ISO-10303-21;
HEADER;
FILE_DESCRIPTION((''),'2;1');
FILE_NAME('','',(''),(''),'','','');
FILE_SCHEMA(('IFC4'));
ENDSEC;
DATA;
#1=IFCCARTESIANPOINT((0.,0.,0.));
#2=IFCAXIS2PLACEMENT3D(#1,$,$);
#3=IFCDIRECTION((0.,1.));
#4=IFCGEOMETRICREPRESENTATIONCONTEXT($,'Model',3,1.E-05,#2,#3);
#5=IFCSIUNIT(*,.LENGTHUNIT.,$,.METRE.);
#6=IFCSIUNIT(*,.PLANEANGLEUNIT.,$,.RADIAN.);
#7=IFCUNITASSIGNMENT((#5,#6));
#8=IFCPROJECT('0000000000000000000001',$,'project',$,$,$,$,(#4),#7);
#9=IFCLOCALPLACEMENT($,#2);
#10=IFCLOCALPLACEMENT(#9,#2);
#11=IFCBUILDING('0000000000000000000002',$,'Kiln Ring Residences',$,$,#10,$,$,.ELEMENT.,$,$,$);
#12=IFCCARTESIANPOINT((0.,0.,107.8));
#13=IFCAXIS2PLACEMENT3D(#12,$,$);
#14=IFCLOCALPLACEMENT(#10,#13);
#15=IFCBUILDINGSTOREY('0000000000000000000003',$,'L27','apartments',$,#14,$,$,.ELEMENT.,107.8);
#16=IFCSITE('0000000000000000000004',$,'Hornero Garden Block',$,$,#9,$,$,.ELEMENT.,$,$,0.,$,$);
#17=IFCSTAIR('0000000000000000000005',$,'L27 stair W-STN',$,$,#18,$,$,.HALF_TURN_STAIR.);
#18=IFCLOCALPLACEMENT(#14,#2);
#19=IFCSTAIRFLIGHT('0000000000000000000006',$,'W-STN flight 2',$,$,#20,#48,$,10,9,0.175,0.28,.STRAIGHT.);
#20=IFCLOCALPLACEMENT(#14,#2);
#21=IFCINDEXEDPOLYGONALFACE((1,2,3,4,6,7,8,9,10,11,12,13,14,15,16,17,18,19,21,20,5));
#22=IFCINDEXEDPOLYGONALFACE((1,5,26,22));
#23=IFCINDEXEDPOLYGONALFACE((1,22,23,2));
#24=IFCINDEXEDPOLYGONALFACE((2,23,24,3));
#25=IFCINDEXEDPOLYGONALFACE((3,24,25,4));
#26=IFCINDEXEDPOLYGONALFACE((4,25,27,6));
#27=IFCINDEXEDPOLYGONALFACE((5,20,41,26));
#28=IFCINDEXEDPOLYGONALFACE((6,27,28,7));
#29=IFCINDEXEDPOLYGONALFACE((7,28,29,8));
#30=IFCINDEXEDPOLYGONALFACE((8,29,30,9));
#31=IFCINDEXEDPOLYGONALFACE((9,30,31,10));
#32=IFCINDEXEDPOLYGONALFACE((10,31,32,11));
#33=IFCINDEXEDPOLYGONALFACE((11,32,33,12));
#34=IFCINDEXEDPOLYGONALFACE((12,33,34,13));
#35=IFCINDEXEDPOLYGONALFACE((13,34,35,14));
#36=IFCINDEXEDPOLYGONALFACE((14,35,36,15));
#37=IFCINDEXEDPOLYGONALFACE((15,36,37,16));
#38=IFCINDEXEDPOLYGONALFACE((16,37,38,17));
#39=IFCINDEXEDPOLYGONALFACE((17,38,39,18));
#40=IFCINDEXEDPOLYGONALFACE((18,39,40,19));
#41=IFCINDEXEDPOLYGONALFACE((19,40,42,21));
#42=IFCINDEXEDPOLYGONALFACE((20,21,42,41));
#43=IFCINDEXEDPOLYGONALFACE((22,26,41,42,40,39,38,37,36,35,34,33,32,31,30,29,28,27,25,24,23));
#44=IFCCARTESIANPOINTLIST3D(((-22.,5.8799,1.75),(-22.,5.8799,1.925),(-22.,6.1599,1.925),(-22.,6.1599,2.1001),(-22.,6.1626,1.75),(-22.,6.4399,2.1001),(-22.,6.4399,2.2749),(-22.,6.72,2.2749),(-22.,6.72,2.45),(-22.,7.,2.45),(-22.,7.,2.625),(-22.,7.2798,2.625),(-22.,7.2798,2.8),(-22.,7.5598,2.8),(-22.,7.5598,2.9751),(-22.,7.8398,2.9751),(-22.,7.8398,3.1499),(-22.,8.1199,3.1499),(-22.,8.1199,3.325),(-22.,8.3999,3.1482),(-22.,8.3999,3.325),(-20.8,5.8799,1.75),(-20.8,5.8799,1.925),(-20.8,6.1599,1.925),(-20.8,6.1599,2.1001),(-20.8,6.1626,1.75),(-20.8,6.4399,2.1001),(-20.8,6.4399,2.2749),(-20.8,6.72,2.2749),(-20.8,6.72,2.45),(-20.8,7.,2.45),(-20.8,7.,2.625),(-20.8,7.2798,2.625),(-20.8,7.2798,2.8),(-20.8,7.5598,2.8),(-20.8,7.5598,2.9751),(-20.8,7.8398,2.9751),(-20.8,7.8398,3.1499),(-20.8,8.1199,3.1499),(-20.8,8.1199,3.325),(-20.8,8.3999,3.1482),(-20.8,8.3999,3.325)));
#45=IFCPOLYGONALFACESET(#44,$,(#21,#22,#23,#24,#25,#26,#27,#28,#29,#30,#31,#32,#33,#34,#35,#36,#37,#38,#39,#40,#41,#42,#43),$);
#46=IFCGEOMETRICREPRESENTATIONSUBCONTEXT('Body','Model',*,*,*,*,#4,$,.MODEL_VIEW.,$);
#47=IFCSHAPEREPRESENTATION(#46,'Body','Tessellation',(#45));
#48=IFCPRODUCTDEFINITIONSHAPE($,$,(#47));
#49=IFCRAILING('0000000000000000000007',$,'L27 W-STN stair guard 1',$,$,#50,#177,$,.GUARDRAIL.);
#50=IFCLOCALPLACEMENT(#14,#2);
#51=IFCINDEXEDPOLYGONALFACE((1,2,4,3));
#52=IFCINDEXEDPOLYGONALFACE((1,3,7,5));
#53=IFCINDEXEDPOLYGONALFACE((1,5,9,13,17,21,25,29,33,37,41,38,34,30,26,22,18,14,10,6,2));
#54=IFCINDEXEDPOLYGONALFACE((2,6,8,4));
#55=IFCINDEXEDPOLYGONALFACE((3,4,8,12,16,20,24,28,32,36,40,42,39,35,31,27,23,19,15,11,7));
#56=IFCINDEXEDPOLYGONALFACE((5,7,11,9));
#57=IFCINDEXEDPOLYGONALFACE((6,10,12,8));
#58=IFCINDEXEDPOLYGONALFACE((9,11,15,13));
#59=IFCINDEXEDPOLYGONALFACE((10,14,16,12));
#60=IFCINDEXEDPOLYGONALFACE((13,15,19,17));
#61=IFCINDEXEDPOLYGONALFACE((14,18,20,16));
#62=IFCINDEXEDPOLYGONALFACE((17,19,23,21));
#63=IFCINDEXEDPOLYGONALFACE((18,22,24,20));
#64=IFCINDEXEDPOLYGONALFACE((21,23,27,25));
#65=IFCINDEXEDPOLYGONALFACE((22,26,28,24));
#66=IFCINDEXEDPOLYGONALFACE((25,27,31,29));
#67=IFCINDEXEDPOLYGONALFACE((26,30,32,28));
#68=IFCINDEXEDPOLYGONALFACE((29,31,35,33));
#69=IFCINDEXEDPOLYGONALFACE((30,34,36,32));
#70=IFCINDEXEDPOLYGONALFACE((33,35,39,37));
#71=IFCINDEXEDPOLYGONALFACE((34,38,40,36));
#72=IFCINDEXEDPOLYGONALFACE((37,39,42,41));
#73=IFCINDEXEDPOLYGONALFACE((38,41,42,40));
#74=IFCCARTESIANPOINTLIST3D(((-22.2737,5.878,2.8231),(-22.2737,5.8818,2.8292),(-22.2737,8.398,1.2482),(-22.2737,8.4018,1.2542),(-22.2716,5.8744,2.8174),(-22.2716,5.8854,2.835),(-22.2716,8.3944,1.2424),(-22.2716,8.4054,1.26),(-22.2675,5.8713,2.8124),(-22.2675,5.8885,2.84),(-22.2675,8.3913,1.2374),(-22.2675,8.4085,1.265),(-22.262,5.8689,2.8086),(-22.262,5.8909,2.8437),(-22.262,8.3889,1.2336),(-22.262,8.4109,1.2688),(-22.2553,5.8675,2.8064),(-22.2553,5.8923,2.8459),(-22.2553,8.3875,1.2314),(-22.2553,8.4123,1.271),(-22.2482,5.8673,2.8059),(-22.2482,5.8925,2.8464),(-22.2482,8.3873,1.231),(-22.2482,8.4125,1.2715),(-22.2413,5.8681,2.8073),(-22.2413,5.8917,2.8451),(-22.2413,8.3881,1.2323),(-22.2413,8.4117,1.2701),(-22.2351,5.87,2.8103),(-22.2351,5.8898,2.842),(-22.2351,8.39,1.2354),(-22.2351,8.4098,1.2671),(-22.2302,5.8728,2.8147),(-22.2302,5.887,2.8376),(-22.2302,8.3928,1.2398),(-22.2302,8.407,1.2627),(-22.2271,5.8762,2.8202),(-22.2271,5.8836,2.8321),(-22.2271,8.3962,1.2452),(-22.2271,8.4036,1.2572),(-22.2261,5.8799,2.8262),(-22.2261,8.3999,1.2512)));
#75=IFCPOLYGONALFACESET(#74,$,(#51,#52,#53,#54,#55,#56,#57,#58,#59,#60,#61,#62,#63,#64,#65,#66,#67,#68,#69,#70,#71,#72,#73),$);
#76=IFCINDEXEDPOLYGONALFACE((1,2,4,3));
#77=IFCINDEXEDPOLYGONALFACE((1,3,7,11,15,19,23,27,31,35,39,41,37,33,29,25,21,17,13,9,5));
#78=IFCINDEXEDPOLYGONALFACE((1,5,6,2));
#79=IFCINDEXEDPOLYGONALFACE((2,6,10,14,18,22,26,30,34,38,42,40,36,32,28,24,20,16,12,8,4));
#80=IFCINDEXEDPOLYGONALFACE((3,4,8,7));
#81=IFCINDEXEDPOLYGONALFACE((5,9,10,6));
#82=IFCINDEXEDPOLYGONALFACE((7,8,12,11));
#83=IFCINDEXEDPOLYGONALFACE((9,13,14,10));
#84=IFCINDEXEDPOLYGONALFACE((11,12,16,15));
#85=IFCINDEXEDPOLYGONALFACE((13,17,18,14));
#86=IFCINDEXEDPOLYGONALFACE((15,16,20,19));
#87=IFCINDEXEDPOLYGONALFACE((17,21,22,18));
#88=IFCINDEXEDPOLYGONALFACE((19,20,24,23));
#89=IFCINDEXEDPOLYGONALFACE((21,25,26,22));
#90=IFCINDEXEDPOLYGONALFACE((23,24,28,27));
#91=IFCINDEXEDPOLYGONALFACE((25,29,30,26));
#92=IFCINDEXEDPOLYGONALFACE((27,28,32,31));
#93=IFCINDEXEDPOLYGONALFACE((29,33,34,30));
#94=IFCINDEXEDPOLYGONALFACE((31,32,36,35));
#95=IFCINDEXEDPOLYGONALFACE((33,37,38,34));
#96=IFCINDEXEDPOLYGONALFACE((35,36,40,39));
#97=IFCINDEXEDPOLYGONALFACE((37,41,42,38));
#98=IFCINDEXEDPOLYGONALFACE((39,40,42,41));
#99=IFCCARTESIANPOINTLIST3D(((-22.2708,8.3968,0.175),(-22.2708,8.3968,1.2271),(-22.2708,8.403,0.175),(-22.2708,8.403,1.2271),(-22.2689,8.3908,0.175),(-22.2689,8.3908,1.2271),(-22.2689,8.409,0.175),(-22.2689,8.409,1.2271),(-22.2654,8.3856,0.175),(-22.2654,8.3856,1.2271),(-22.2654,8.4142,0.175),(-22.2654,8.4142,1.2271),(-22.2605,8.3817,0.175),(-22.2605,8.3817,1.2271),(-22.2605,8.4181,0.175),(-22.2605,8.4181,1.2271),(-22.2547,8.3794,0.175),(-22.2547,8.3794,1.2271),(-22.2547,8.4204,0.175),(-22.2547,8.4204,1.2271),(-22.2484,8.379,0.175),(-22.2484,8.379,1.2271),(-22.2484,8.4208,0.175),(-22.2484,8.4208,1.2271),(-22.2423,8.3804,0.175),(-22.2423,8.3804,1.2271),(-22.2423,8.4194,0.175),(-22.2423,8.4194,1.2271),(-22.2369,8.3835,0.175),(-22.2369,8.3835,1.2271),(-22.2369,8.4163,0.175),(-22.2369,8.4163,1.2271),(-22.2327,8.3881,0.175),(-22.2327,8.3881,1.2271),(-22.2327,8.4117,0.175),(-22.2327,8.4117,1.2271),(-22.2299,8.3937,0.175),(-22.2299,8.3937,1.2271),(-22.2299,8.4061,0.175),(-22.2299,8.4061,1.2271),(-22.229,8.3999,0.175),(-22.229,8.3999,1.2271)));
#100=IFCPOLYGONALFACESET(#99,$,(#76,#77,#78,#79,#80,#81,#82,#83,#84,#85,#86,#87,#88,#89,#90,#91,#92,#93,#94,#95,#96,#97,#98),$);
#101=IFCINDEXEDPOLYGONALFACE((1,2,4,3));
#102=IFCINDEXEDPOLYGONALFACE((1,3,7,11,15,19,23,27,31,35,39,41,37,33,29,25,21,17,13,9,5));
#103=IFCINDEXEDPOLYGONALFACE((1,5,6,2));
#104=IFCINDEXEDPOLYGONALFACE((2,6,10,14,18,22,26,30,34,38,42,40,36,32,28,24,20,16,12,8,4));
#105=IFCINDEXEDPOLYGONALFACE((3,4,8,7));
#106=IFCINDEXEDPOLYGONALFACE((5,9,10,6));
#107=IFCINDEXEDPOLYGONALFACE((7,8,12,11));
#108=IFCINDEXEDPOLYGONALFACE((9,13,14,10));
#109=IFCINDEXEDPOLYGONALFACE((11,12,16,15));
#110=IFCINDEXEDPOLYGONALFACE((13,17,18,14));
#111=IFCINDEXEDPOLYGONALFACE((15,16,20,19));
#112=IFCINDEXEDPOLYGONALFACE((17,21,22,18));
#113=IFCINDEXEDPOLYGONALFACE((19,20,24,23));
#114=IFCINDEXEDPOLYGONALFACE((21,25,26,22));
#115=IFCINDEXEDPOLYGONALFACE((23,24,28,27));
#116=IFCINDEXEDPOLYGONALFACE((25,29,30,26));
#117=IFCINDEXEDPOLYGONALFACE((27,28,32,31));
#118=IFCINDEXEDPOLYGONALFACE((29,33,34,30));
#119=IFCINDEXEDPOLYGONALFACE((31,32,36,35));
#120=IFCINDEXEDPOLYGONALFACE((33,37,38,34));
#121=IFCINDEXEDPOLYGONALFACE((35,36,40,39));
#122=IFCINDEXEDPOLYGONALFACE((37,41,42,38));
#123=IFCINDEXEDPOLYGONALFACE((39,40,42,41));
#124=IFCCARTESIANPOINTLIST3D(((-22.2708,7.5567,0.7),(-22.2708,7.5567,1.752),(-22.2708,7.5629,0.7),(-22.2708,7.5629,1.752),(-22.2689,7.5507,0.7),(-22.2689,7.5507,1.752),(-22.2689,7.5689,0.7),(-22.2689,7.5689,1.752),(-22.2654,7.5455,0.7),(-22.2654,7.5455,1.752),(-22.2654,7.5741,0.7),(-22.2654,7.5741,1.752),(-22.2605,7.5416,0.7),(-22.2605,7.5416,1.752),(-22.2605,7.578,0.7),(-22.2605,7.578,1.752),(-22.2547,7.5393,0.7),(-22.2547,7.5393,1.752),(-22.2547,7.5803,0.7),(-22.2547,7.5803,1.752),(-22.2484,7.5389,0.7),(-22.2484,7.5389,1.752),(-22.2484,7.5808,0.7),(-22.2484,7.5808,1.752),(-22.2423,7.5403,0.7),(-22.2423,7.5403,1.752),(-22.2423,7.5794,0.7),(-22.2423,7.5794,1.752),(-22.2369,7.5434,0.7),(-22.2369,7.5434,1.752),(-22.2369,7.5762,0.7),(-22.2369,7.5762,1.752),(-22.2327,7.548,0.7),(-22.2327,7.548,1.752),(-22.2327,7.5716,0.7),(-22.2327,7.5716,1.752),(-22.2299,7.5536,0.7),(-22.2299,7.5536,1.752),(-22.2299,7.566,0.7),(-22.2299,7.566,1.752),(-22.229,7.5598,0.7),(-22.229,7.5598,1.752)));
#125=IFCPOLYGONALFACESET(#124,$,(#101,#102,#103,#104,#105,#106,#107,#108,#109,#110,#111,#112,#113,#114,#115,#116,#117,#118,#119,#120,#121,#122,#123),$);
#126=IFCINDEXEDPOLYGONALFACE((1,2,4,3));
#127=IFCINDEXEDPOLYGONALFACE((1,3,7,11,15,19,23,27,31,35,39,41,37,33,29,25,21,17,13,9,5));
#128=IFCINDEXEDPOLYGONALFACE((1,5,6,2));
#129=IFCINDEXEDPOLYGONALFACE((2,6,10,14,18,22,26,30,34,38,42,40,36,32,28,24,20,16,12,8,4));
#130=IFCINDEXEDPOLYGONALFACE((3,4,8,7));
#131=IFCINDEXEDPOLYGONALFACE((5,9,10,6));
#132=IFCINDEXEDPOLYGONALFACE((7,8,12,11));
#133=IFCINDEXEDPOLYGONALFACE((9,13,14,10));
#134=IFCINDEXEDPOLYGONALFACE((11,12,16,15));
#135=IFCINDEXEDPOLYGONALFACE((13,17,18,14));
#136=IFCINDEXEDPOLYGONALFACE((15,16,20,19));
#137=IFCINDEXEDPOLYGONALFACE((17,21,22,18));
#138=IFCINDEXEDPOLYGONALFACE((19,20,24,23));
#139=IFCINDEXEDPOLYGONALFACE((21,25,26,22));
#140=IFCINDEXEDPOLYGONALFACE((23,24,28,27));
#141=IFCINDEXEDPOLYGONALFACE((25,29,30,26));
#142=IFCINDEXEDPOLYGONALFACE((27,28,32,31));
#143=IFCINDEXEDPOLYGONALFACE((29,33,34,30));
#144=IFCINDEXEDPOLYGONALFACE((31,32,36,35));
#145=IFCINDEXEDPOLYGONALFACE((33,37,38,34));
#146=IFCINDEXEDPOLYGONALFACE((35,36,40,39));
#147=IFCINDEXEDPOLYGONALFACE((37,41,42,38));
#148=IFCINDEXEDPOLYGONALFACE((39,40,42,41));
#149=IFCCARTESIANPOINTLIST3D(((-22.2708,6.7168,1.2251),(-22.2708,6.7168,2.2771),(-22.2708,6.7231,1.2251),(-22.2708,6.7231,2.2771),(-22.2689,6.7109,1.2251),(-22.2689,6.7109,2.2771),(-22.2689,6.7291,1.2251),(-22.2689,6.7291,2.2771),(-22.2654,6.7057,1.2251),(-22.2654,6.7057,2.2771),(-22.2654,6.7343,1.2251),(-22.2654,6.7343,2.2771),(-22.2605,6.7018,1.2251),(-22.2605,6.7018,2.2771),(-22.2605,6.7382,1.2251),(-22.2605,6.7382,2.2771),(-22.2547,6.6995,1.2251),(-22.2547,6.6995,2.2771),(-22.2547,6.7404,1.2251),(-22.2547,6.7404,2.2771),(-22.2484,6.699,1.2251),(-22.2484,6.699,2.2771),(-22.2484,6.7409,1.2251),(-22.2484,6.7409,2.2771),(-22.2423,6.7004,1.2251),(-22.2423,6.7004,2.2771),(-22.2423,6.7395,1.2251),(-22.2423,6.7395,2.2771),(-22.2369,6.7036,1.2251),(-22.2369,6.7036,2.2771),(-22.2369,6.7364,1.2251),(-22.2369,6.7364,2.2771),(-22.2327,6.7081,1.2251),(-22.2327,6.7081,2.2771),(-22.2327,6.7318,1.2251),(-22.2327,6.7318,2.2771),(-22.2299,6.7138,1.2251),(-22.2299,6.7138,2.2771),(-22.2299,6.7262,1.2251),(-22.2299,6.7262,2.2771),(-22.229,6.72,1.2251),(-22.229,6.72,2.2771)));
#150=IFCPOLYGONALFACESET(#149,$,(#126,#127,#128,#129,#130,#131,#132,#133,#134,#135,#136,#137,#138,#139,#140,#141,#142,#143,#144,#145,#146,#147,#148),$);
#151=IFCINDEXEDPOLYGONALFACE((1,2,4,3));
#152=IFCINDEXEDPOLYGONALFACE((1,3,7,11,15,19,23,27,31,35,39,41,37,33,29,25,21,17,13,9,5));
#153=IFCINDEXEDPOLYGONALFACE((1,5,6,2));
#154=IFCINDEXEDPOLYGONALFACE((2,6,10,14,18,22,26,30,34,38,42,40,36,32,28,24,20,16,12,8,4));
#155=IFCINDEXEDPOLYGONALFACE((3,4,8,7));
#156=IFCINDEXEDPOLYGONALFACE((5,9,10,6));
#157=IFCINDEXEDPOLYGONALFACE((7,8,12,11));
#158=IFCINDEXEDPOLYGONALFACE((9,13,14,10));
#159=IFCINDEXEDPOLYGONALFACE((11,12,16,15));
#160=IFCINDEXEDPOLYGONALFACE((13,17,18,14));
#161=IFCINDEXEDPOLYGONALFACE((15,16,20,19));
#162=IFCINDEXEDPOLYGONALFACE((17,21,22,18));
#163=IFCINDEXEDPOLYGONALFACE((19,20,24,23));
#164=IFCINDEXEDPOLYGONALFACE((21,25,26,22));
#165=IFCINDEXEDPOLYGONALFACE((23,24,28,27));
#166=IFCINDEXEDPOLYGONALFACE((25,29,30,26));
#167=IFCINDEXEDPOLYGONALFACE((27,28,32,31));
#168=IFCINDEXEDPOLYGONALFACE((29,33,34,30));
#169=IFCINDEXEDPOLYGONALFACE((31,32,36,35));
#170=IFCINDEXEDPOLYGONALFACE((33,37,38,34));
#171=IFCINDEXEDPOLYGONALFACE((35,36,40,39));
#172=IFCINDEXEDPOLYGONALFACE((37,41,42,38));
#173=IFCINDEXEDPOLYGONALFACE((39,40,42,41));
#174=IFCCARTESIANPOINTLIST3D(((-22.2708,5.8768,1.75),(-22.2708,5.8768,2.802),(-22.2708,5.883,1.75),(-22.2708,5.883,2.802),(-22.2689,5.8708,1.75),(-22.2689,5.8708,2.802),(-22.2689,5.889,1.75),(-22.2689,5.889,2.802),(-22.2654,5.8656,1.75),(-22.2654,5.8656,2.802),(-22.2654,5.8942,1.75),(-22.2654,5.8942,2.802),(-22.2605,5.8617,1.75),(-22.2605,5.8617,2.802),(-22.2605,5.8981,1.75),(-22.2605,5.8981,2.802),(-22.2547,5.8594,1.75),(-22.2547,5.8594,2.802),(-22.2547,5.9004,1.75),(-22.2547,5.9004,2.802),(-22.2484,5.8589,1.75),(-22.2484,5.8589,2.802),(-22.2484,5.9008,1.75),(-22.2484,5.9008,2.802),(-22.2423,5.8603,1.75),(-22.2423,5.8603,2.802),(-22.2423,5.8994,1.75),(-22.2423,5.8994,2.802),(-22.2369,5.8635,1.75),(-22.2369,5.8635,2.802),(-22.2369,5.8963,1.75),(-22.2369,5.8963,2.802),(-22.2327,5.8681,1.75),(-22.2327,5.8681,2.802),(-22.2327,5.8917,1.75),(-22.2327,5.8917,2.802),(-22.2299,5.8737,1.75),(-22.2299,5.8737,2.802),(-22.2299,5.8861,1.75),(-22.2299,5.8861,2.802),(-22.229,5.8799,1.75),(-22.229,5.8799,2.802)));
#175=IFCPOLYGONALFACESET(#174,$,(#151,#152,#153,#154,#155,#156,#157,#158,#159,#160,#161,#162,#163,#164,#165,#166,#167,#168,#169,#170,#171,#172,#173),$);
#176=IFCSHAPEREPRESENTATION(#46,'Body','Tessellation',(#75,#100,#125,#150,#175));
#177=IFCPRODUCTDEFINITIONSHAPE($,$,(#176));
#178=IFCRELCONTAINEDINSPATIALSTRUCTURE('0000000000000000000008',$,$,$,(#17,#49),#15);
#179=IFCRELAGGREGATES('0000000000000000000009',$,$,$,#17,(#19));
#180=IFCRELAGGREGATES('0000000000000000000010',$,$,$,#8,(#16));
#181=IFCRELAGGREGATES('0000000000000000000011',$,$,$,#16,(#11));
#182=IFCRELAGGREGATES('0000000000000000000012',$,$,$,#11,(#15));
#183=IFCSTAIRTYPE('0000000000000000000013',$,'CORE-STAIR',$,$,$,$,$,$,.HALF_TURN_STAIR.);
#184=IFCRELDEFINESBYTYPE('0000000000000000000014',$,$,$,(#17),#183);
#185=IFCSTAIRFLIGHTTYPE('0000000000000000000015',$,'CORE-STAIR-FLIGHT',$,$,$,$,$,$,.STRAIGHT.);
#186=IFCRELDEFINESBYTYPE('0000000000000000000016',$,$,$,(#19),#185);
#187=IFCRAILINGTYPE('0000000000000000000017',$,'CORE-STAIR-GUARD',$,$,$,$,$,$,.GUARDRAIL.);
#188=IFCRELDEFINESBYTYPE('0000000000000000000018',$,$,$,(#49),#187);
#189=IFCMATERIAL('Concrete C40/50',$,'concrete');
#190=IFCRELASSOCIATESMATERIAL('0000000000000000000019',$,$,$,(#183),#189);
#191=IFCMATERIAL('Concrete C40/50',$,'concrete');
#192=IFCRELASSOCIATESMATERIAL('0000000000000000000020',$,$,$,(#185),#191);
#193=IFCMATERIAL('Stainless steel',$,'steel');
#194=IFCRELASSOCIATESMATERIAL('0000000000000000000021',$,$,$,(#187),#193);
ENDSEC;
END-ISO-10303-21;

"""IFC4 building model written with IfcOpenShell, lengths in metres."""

from ifc_helpers import new_model, si_unit, direction, frame, origin, origin_2d, place, context, subcontext, project, spatial, polyline, circle, outline, extrude, material, type_object, element, aggregate, save


model = new_model("IFC4")

# Units and contexts
model_context = context("Model", 3, precision=1e-05, world=origin(), true_north=direction((0.0, 1.0)))
body_context = subcontext(model_context, "Body", "Model", "MODEL_VIEW")
ifc_project = project(units=[si_unit("LENGTHUNIT", "METRE"), si_unit("PLANEANGLEUNIT", "RADIAN")], contexts=[model_context])

# Site, building, storey
site_placement = place(None, origin())
site = spatial("IfcSite", under=ifc_project, at=site_placement, Name="Hornero Garden Block", CompositionType="ELEMENT", RefElevation=0.0)
building_placement = place(site_placement, origin())
building = spatial("IfcBuilding", under=site, at=building_placement, Name="Kiln Ring Residences", CompositionType="ELEMENT")
storey_placement = place(building_placement, frame((0.0, 0.0, 107.8)))
storey = spatial("IfcBuildingStorey", under=building, at=storey_placement, Name="L27", Description="apartments", CompositionType="ELEMENT", Elevation=107.8)

# Stair, stair flight
ifc_material_1 = material(Name="Concrete C40/50", Category="concrete")
stair_type = type_object("IfcStairType", Name="CORE-STAIR", PredefinedType="HALF_TURN_STAIR", material=ifc_material_1)
stair_placement = place(storey_placement, origin())
stair = element("IfcStair", 1, at=stair_placement, inside=storey, type_object=stair_type, Name="L27 stair W-STN", PredefinedType="HALF_TURN_STAIR")
ifc_material_2 = material(Name="Concrete C40/50", Category="concrete")
stair_flight_type = type_object("IfcStairFlightType", Name="CORE-STAIR-FLIGHT", PredefinedType="STRAIGHT", material=ifc_material_2)
stair_flight_1_placement = place(storey_placement, frame((-21.3999, 5.8799, 1.75), z_axis=(0.0, 0.0, 1.0), x_axis=(0.0, 1.0, 0.0)))
stair_flight_1 = element("IfcStairFlight", 2, at=stair_flight_1_placement, type_object=stair_flight_type, Name="W-STN flight 2", NumberOfRisers=10, NumberOfTreads=9, PredefinedType="STRAIGHT", RiserHeight=0.175, TreadLength=0.28, context=body_context, shape_type="SweptSolid", body=[
    extrude(outline(polyline([(0.0, 0.0), (0.0, 0.175), (0.28, 0.175), (0.28, 0.3501), (0.5601, 0.3501), (0.5601, 0.5249), (0.8401, 0.5249), (0.8401, 0.7), (1.1201, 0.7), (1.1201, 0.875), (1.3999, 0.875), (1.3999, 1.05), (1.6799, 1.05), (1.6799, 1.2251), (1.96, 1.2251), (1.96, 1.3999), (2.24, 1.3999), (2.24, 1.575), (2.52, 1.575), (2.52, 1.75), (2.52, 1.3982), (0.2827, 0.0), (0.0, 0.0)])), frame((0.0, 0.6001, 0.0), z_axis=(0.0, -1.0, 0.0), x_axis=(1.0, 0.0, 0.0)), (0.0, 0.0, 1.0), 1.2),
])
aggregate(stair, [stair_flight_1])

# Railing
ifc_material_3 = material(Name="Stainless steel", Category="steel")
railing_type_1 = type_object("IfcRailingType", Name="CORE-STAIR-GUARD", PredefinedType="GUARDRAIL", material=ifc_material_3)
railing_1_placement = place(storey_placement, frame((-22.25, 8.3999, 0.175)))
element("IfcRailing", 3, at=railing_1_placement, inside=storey, type_object=railing_type_1, Name="L27 W-STN stair guard 1", PredefinedType="GUARDRAIL", context=body_context, shape_type="SweptSolid", body=[
    extrude(circle(Radius=0.0239, at=origin_2d()), frame((0.0, 0.0, 1.0762), z_axis=(0.0, -0.848008, 0.529984), x_axis=(1.0, 0.0, 0.0)), (0.0, 0.0, 1.0), 2.9717),
    extrude(circle(Radius=0.021, at=origin_2d()), origin(), (0.0, 0.0, 1.0), 1.052),
    extrude(circle(Radius=0.021, at=origin_2d()), frame((0.0, -0.8401, 0.5249)), (0.0, 0.0, 1.0), 1.052),
    extrude(circle(Radius=0.021, at=origin_2d()), frame((0.0, -1.6799, 1.05)), (0.0, 0.0, 1.0), 1.052),
    extrude(circle(Radius=0.021, at=origin_2d()), frame((0.0, -2.52, 1.575)), (0.0, 0.0, 1.0), 1.052),
])

save(model, "model.ifc")
